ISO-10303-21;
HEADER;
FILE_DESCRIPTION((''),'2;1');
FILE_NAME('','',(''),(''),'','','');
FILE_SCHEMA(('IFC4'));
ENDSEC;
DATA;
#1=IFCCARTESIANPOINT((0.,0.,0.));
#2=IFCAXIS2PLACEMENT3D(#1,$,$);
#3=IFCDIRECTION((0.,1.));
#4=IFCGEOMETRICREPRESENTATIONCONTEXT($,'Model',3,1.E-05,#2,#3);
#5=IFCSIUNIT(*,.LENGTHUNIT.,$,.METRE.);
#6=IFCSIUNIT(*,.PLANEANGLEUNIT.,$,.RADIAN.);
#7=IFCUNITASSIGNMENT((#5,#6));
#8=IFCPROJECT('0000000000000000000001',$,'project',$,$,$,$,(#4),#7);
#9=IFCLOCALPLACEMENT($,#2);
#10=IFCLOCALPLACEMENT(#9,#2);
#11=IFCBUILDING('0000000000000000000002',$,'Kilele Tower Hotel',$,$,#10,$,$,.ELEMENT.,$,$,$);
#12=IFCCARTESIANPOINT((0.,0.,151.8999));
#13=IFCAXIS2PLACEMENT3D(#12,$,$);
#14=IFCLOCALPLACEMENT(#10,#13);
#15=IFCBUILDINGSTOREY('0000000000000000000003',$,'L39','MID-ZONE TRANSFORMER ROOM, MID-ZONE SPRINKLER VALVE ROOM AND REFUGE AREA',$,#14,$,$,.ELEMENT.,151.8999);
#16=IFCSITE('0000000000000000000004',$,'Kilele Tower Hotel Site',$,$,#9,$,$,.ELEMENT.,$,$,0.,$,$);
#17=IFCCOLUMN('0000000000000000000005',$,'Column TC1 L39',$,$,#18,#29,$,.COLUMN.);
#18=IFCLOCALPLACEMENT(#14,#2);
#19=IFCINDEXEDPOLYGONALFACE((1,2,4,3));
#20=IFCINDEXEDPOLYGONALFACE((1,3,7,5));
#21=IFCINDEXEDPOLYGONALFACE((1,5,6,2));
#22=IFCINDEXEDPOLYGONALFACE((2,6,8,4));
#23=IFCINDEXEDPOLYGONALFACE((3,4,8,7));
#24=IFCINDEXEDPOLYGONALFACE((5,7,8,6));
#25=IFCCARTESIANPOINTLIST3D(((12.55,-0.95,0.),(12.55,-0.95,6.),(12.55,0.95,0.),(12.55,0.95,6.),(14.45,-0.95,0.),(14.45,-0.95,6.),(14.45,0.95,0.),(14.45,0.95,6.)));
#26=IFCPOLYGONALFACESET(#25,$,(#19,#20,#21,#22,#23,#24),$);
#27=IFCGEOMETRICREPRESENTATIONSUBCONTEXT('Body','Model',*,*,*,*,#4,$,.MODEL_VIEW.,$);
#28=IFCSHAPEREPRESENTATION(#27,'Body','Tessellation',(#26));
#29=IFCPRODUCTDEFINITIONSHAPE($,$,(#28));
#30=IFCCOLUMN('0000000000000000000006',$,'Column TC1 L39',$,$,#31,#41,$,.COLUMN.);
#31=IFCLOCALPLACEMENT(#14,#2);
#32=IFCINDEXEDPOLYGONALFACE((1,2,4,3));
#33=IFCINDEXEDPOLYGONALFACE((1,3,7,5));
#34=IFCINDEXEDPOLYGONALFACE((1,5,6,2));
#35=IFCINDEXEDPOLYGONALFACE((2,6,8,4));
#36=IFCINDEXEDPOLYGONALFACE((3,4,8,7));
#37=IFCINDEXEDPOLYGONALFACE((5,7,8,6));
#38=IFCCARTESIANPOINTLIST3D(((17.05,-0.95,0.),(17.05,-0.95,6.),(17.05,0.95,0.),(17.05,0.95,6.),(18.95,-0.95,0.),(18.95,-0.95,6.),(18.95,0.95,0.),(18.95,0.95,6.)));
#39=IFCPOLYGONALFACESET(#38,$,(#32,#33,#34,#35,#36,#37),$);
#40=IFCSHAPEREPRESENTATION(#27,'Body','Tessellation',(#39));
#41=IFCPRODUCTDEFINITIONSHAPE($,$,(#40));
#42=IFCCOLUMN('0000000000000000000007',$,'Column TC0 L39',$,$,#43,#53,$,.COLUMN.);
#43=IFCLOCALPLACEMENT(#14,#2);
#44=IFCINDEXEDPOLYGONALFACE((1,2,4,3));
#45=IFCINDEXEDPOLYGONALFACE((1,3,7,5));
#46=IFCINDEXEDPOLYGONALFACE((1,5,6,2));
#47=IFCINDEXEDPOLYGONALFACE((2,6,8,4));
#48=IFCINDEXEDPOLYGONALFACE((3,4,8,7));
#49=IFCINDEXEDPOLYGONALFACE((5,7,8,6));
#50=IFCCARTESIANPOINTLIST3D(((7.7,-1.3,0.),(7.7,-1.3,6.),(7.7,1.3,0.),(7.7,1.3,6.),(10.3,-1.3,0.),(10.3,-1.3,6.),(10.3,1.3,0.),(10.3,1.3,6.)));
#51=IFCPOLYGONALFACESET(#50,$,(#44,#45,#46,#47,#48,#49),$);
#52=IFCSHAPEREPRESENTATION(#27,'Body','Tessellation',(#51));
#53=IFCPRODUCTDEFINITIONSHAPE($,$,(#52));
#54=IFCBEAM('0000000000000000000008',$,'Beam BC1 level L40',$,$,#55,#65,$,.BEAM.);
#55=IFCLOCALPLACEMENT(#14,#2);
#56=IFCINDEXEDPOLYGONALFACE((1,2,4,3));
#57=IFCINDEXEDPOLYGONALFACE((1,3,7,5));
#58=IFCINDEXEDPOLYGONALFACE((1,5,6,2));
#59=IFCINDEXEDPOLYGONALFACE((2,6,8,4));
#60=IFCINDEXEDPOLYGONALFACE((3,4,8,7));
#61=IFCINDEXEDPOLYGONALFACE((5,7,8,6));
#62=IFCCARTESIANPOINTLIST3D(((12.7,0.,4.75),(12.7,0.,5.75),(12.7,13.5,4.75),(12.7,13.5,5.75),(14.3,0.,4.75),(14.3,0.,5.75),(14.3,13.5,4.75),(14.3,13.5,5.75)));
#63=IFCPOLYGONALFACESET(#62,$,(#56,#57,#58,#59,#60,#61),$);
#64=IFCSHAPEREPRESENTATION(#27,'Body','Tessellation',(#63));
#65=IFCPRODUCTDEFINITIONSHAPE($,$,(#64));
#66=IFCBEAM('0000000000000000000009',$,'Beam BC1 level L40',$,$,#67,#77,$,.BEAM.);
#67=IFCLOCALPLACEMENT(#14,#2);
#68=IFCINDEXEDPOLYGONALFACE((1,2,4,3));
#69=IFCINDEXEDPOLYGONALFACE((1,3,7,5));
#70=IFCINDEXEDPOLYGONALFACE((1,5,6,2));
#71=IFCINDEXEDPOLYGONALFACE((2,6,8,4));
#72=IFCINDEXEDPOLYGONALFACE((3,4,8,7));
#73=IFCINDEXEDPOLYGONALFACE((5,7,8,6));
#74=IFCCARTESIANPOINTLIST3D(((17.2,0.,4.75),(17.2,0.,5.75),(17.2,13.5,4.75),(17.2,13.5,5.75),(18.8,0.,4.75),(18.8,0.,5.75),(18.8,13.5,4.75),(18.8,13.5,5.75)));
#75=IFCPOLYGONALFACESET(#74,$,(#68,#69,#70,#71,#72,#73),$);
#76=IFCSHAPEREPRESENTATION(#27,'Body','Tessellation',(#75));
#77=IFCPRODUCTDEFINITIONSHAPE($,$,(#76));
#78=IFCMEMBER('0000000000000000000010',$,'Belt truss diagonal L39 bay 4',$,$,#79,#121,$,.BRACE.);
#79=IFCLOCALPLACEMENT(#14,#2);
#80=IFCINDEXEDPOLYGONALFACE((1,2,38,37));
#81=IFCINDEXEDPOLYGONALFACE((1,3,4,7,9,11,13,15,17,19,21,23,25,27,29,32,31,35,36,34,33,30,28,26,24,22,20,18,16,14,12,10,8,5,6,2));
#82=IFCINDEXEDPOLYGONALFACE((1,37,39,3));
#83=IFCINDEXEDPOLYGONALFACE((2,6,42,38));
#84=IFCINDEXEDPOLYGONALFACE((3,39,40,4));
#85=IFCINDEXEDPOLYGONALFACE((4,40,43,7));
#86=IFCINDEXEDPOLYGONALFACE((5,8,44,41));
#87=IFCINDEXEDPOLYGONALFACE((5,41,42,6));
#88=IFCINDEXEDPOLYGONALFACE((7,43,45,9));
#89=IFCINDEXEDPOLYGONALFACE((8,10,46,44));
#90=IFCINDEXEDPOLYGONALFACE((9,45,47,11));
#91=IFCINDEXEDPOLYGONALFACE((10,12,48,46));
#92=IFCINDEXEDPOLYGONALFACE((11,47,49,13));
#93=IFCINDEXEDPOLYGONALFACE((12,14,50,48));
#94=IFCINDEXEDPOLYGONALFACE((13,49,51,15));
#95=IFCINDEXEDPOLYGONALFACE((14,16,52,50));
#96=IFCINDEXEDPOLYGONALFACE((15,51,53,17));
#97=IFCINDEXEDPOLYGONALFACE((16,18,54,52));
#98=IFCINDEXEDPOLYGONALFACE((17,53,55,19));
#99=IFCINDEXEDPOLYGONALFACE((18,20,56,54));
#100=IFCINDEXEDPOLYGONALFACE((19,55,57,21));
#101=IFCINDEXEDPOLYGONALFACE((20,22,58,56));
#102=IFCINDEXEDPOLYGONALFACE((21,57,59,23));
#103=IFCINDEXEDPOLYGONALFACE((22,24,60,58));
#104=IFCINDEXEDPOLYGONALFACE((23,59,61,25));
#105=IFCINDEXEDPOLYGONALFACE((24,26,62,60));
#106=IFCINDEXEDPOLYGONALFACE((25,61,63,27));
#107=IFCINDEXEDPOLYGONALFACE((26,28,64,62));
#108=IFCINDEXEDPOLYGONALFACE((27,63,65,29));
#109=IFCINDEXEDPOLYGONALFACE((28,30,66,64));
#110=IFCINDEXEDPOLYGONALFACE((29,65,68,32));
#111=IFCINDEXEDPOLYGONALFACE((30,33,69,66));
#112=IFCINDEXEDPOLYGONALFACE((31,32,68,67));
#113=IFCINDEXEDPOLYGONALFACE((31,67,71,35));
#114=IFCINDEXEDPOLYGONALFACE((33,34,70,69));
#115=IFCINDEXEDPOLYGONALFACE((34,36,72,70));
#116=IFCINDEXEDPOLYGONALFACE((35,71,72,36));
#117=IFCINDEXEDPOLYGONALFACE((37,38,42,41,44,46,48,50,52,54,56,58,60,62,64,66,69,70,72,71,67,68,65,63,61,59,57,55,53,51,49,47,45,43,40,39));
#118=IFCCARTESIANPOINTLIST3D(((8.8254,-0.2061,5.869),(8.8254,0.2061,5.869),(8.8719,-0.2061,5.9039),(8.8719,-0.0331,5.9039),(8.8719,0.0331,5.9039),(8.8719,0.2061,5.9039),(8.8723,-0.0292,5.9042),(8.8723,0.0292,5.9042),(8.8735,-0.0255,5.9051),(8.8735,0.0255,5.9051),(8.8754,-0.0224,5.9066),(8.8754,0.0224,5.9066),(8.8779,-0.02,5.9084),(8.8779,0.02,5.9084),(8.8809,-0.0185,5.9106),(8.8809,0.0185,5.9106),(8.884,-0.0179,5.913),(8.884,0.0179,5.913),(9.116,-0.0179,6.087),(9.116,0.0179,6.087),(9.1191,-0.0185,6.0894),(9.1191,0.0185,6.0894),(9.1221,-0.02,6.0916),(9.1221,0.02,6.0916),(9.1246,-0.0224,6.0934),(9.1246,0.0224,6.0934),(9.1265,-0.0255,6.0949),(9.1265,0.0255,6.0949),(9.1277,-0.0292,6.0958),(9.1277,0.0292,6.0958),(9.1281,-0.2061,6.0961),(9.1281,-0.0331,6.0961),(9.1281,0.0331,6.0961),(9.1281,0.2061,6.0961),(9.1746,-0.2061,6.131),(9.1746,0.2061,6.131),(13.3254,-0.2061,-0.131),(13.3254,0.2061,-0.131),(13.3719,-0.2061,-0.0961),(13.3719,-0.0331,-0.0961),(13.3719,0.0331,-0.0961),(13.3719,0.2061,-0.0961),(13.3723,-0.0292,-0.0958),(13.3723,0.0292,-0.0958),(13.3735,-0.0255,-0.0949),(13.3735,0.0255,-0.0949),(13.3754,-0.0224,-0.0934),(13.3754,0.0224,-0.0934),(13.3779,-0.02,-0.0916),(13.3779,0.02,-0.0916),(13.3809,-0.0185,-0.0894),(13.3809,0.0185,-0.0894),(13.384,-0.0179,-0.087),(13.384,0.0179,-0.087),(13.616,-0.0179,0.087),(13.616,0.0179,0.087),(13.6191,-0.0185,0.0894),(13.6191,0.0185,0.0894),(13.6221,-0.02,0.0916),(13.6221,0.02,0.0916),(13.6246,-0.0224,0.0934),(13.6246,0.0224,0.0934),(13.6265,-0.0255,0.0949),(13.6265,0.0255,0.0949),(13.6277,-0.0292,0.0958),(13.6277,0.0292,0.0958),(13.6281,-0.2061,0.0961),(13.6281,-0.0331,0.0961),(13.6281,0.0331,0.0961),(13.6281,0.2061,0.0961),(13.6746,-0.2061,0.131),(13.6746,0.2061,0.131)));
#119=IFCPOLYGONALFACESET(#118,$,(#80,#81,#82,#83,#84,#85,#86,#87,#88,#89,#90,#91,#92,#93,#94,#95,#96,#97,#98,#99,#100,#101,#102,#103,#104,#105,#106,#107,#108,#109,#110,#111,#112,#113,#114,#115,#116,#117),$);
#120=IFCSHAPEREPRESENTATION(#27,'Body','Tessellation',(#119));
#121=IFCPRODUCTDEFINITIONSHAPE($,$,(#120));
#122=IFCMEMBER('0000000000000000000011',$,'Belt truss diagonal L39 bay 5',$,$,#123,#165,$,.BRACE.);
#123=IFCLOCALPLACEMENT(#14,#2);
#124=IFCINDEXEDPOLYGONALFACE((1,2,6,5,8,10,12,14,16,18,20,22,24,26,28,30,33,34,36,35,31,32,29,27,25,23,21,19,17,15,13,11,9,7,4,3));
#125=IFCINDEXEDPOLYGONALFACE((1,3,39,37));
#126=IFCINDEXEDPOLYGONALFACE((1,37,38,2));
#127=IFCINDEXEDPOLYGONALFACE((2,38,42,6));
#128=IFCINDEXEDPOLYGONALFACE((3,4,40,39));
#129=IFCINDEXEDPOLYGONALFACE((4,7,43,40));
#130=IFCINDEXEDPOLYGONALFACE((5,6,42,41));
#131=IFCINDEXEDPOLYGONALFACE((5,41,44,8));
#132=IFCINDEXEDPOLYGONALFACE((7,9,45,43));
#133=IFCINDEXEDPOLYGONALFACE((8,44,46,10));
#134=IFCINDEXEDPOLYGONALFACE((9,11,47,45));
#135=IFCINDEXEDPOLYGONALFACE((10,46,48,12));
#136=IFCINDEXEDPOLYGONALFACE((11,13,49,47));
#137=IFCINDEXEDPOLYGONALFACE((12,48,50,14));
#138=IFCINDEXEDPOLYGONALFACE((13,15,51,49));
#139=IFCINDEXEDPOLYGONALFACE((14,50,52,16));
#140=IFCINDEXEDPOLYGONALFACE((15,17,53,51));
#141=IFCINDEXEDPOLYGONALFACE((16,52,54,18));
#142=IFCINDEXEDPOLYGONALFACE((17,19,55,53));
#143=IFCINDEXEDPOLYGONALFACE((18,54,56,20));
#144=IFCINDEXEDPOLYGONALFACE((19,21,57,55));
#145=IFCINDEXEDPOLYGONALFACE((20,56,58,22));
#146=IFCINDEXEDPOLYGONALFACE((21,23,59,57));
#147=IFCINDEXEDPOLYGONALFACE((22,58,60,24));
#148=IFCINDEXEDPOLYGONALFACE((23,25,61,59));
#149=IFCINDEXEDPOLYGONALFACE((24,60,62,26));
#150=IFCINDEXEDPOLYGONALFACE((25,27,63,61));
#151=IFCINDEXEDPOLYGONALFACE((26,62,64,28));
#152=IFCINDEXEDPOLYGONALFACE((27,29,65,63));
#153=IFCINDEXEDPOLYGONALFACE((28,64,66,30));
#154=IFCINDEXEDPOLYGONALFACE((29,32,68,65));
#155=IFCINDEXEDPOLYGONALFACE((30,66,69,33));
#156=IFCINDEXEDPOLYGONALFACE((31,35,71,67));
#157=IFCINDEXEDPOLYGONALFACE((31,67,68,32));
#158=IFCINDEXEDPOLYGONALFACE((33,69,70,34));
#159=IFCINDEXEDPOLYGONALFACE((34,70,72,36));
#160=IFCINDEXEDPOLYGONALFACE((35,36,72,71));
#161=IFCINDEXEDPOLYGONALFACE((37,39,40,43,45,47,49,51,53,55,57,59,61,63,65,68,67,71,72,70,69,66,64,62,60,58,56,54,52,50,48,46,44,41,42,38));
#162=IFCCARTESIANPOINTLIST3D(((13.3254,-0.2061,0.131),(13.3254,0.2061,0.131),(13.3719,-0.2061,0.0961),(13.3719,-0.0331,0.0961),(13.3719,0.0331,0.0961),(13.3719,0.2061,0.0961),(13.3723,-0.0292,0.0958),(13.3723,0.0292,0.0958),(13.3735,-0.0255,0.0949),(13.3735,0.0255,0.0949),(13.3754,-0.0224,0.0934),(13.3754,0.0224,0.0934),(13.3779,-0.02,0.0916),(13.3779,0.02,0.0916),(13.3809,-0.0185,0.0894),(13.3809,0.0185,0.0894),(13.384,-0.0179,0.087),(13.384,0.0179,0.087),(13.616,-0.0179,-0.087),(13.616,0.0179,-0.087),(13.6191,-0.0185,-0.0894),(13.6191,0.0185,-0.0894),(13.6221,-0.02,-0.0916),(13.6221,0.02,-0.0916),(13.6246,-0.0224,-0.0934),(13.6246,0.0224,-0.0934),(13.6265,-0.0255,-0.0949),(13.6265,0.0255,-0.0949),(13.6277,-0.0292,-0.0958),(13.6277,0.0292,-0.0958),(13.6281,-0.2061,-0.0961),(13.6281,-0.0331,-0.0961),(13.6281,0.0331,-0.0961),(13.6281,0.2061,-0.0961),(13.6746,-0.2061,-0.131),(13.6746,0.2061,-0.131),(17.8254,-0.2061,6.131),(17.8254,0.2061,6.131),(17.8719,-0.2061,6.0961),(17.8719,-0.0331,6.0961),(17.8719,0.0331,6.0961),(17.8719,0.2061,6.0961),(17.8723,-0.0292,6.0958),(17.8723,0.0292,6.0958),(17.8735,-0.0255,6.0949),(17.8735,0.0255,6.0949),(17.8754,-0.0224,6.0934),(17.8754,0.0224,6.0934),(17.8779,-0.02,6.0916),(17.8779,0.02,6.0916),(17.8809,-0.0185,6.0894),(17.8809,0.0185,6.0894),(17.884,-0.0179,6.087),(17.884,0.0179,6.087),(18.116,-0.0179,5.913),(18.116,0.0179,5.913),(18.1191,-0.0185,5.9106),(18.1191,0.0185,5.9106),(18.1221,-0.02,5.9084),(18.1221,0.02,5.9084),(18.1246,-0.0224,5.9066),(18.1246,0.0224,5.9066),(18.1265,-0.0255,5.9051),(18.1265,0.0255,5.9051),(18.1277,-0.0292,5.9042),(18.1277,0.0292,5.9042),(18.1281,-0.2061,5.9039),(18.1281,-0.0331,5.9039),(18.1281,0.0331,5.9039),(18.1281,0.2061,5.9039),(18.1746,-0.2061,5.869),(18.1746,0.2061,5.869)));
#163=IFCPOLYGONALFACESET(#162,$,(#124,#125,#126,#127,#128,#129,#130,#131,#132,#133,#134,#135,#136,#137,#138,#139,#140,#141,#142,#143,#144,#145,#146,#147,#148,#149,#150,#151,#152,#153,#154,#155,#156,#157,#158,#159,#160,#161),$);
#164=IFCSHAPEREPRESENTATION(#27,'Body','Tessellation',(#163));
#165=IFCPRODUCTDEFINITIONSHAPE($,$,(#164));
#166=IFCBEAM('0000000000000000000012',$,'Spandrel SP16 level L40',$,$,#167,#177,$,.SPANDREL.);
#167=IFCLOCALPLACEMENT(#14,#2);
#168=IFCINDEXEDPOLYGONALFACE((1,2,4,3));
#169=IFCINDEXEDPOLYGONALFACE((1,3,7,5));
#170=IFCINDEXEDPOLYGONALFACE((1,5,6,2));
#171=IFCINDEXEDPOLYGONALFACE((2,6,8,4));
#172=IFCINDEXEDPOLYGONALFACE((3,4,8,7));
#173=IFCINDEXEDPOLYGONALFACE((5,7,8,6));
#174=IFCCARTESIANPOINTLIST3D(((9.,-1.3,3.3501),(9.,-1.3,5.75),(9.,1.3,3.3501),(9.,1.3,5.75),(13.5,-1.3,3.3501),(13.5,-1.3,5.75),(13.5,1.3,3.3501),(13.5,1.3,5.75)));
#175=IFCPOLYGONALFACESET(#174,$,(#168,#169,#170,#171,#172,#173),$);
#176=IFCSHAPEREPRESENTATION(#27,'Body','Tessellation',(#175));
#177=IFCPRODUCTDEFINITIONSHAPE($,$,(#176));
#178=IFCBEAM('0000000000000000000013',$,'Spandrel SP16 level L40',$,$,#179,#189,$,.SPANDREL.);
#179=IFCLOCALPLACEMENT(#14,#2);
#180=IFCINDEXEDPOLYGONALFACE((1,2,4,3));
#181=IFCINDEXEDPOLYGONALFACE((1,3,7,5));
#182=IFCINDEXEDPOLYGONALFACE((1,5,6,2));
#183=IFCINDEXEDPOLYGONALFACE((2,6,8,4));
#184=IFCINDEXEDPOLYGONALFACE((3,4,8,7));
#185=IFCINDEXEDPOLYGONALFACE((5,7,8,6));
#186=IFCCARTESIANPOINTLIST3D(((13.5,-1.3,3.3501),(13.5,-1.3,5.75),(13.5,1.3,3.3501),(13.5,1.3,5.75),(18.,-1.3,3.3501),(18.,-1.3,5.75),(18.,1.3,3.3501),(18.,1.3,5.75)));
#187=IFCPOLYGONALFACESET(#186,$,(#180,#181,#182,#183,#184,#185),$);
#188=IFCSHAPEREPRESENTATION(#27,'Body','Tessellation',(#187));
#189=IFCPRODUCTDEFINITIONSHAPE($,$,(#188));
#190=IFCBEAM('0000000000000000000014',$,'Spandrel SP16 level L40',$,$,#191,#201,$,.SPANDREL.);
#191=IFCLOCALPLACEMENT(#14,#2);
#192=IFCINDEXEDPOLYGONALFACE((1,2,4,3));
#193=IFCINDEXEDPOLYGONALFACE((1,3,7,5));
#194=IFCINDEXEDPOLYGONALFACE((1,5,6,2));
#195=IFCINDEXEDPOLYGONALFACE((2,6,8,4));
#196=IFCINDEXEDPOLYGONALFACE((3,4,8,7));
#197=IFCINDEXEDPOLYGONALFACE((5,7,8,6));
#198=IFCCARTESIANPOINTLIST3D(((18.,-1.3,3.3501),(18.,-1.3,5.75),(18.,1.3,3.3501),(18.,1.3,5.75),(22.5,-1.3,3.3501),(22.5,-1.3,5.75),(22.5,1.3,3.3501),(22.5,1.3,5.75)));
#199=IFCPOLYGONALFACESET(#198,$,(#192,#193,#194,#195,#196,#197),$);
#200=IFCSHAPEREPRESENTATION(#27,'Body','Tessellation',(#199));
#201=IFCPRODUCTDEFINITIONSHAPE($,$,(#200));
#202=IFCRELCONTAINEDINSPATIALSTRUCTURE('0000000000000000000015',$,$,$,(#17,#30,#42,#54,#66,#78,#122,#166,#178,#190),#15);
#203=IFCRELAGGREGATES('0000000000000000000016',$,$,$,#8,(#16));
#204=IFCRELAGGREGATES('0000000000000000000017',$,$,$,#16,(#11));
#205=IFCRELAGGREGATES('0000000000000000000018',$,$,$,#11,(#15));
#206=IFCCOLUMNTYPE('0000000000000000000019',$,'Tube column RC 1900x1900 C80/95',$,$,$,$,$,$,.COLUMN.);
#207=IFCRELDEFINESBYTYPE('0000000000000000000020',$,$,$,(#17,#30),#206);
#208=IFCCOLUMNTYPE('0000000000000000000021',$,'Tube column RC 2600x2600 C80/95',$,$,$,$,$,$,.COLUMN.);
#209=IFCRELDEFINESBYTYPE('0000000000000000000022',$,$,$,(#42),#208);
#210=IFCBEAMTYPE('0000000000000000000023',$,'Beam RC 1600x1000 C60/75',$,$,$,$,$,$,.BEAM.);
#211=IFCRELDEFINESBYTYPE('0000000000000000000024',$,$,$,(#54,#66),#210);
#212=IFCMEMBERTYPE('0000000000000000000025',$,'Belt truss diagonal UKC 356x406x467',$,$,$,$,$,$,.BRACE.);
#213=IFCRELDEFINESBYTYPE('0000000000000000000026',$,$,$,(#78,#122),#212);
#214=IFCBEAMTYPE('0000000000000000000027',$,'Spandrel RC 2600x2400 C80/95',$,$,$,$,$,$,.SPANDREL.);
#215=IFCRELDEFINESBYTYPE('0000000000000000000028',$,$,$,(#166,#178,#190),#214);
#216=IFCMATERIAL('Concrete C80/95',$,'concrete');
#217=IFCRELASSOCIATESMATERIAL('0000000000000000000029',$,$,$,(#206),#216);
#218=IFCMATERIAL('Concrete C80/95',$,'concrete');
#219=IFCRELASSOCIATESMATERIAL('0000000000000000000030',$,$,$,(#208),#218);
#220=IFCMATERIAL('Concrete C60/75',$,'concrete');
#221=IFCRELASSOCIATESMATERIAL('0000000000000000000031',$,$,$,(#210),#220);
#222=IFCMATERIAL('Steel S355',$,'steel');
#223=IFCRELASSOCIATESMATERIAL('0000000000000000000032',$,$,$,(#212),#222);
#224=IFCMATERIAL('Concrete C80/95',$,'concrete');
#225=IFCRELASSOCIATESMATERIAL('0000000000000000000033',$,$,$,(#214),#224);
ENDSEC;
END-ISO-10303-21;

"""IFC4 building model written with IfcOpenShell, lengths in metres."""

from ifc_helpers import new_model, si_unit, direction, frame, origin, origin_2d, place, context, subcontext, project, spatial, rectangle, i_section, extrude, material, material_profile, profile_set, type_object, element, save


model = new_model("IFC4")

# Units and contexts
model_context = context("Model", 3, precision=1e-05, world=origin(), true_north=direction((0.0, 1.0)))
body_context = subcontext(model_context, "Body", "Model", "MODEL_VIEW")
ifc_project = project(units=[si_unit("LENGTHUNIT", "METRE"), si_unit("PLANEANGLEUNIT", "RADIAN")], contexts=[model_context])

# Site, building, storey
site_placement = place(None, origin())
site = spatial("IfcSite", under=ifc_project, at=site_placement, Name="Kilele Tower Hotel Site", CompositionType="ELEMENT", RefElevation=0.0)
building_placement = place(site_placement, origin())
building = spatial("IfcBuilding", under=site, at=building_placement, Name="Kilele Tower Hotel", CompositionType="ELEMENT")
storey_placement = place(building_placement, frame((0.0, 0.0, 151.8999)))
storey = spatial("IfcBuildingStorey", under=building, at=storey_placement, Name="L39", Description="MID-ZONE TRANSFORMER ROOM, MID-ZONE SPRINKLER VALVE ROOM AND REFUGE AREA", CompositionType="ELEMENT", Elevation=151.8999)

# Columns
ifc_material_1 = material(Name="Concrete C80/95", Category="concrete")
ifc_material_profile_1 = material_profile(ifc_material_1, rectangle(XDim=1.8999, YDim=1.8999, at=origin_2d()))
ifc_profile_set_1 = profile_set([ifc_material_profile_1], Name="Concrete C80/95")
column_type_1 = type_object("IfcColumnType", Name="Tube column RC 1900x1900 C80/95", PredefinedType="COLUMN", material=ifc_profile_set_1)
for number, where, z_axis, x_axis, name in (
    (1, (13.5, 0.0, 0.0), (0.0, 0.0, 1.0), (1.0, 0.0, 0.0), "Column TC1 L39"),
    (2, (18.0, 0.0, 0.0), (0.0, 0.0, 1.0), (1.0, 0.0, 0.0), "Column TC1 L39"),
):
    element("IfcColumn", number, at=place(storey_placement, frame(where, z_axis=z_axis, x_axis=x_axis)), inside=storey, type_object=column_type_1, Name=name, PredefinedType="COLUMN", context=body_context, shape_type="SweptSolid", body=[
        extrude(rectangle(XDim=1.8999, YDim=1.8999, at=origin_2d()), origin(), (0.0, 0.0, 1.0), 6.0),
    ])
ifc_material_2 = material(Name="Concrete C80/95", Category="concrete")
ifc_material_profile_2 = material_profile(ifc_material_2, rectangle(XDim=2.6001, YDim=2.6001, at=origin_2d()))
ifc_profile_set_2 = profile_set([ifc_material_profile_2], Name="Concrete C80/95")
column_type_2 = type_object("IfcColumnType", Name="Tube column RC 2600x2600 C80/95", PredefinedType="COLUMN", material=ifc_profile_set_2)
column_placement = place(storey_placement, frame((9.0, 0.0, 0.0), z_axis=(0.0, 0.0, 1.0), x_axis=(1.0, 0.0, 0.0)))
element("IfcColumn", 3, at=column_placement, inside=storey, type_object=column_type_2, Name="Column TC0 L39", PredefinedType="COLUMN", context=body_context, shape_type="SweptSolid", body=[
    extrude(rectangle(XDim=2.6001, YDim=2.6001, at=origin_2d()), origin(), (0.0, 0.0, 1.0), 6.0),
])

# Beams
ifc_material_3 = material(Name="Concrete C60/75", Category="concrete")
ifc_material_profile_3 = material_profile(ifc_material_3, rectangle(XDim=1.6001, YDim=1.0, at=origin_2d()))
ifc_profile_set_3 = profile_set([ifc_material_profile_3], Name="Concrete C60/75")
beam_type_1 = type_object("IfcBeamType", Name="Beam RC 1600x1000 C60/75", PredefinedType="BEAM", material=ifc_profile_set_3)
for number, where, z_axis, x_axis, name in (
    (4, (13.5, 0.0, 5.25), (0.0, 1.0, 0.0), (-1.0, 0.0, 0.0), "Beam BC1 level L40"),
    (5, (18.0, 0.0, 5.25), (0.0, 1.0, 0.0), (-1.0, 0.0, 0.0), "Beam BC1 level L40"),
):
    element("IfcBeam", number, at=place(storey_placement, frame(where, z_axis=z_axis, x_axis=x_axis)), inside=storey, type_object=beam_type_1, Name=name, PredefinedType="BEAM", context=body_context, shape_type="SweptSolid", body=[
        extrude(rectangle(XDim=1.6001, YDim=1.0, at=origin_2d()), origin(), (0.0, 0.0, 1.0), 13.5),
    ])

# Members
ifc_material_4 = material(Name="Steel S355", Category="steel")
ifc_material_profile_4 = material_profile(ifc_material_4, i_section(OverallWidth=0.4121, OverallDepth=0.4365, WebThickness=0.0359, FlangeThickness=0.0581, FilletRadius=0.0151, at=origin_2d()))
ifc_profile_set_4 = profile_set([ifc_material_profile_4], Name="Steel S355")
member_type = type_object("IfcMemberType", Name="Belt truss diagonal UKC 356x406x467", PredefinedType="BRACE", material=ifc_profile_set_4)
for number, where, z_axis, x_axis, name in (
    (6, (9.0, 0.0, 6.0), (0.6, 0.0, -0.8), (0.0, 1.0, 0.0), "Belt truss diagonal L39 bay 4"),
    (7, (13.5, 0.0, 0.0), (0.6, 0.0, 0.8), (0.0, 1.0, 0.0), "Belt truss diagonal L39 bay 5"),
):
    element("IfcMember", number, at=place(storey_placement, frame(where, z_axis=z_axis, x_axis=x_axis)), inside=storey, type_object=member_type, Name=name, PredefinedType="BRACE", context=body_context, shape_type="SweptSolid", body=[
        extrude(i_section(OverallWidth=0.4121, OverallDepth=0.4365, WebThickness=0.0359, FlangeThickness=0.0581, FilletRadius=0.0151, at=origin_2d()), origin(), (0.0, 0.0, 1.0), 7.5),
    ])

# Beams
ifc_material_5 = material(Name="Concrete C80/95", Category="concrete")
ifc_material_profile_5 = material_profile(ifc_material_5, rectangle(XDim=2.6001, YDim=2.3999, at=origin_2d()))
ifc_profile_set_5 = profile_set([ifc_material_profile_5], Name="Concrete C80/95")
beam_type_2 = type_object("IfcBeamType", Name="Spandrel RC 2600x2400 C80/95", PredefinedType="SPANDREL", material=ifc_profile_set_5)
for number, where, z_axis, x_axis, name in (
    (8, (9.0, 0.0, 4.55), (1.0, 0.0, 0.0), (0.0, 1.0, 0.0), "Spandrel SP16 level L40"),
    (9, (13.5, 0.0, 4.55), (1.0, 0.0, 0.0), (0.0, 1.0, 0.0), "Spandrel SP16 level L40"),
    (10, (18.0, 0.0, 4.55), (1.0, 0.0, 0.0), (0.0, 1.0, 0.0), "Spandrel SP16 level L40"),
):
    element("IfcBeam", number, at=place(storey_placement, frame(where, z_axis=z_axis, x_axis=x_axis)), inside=storey, type_object=beam_type_2, Name=name, PredefinedType="SPANDREL", context=body_context, shape_type="SweptSolid", body=[
        extrude(rectangle(XDim=2.6001, YDim=2.3999, at=origin_2d()), origin(), (0.0, 0.0, 1.0), 4.5),
    ])

save(model, "model.ifc")
